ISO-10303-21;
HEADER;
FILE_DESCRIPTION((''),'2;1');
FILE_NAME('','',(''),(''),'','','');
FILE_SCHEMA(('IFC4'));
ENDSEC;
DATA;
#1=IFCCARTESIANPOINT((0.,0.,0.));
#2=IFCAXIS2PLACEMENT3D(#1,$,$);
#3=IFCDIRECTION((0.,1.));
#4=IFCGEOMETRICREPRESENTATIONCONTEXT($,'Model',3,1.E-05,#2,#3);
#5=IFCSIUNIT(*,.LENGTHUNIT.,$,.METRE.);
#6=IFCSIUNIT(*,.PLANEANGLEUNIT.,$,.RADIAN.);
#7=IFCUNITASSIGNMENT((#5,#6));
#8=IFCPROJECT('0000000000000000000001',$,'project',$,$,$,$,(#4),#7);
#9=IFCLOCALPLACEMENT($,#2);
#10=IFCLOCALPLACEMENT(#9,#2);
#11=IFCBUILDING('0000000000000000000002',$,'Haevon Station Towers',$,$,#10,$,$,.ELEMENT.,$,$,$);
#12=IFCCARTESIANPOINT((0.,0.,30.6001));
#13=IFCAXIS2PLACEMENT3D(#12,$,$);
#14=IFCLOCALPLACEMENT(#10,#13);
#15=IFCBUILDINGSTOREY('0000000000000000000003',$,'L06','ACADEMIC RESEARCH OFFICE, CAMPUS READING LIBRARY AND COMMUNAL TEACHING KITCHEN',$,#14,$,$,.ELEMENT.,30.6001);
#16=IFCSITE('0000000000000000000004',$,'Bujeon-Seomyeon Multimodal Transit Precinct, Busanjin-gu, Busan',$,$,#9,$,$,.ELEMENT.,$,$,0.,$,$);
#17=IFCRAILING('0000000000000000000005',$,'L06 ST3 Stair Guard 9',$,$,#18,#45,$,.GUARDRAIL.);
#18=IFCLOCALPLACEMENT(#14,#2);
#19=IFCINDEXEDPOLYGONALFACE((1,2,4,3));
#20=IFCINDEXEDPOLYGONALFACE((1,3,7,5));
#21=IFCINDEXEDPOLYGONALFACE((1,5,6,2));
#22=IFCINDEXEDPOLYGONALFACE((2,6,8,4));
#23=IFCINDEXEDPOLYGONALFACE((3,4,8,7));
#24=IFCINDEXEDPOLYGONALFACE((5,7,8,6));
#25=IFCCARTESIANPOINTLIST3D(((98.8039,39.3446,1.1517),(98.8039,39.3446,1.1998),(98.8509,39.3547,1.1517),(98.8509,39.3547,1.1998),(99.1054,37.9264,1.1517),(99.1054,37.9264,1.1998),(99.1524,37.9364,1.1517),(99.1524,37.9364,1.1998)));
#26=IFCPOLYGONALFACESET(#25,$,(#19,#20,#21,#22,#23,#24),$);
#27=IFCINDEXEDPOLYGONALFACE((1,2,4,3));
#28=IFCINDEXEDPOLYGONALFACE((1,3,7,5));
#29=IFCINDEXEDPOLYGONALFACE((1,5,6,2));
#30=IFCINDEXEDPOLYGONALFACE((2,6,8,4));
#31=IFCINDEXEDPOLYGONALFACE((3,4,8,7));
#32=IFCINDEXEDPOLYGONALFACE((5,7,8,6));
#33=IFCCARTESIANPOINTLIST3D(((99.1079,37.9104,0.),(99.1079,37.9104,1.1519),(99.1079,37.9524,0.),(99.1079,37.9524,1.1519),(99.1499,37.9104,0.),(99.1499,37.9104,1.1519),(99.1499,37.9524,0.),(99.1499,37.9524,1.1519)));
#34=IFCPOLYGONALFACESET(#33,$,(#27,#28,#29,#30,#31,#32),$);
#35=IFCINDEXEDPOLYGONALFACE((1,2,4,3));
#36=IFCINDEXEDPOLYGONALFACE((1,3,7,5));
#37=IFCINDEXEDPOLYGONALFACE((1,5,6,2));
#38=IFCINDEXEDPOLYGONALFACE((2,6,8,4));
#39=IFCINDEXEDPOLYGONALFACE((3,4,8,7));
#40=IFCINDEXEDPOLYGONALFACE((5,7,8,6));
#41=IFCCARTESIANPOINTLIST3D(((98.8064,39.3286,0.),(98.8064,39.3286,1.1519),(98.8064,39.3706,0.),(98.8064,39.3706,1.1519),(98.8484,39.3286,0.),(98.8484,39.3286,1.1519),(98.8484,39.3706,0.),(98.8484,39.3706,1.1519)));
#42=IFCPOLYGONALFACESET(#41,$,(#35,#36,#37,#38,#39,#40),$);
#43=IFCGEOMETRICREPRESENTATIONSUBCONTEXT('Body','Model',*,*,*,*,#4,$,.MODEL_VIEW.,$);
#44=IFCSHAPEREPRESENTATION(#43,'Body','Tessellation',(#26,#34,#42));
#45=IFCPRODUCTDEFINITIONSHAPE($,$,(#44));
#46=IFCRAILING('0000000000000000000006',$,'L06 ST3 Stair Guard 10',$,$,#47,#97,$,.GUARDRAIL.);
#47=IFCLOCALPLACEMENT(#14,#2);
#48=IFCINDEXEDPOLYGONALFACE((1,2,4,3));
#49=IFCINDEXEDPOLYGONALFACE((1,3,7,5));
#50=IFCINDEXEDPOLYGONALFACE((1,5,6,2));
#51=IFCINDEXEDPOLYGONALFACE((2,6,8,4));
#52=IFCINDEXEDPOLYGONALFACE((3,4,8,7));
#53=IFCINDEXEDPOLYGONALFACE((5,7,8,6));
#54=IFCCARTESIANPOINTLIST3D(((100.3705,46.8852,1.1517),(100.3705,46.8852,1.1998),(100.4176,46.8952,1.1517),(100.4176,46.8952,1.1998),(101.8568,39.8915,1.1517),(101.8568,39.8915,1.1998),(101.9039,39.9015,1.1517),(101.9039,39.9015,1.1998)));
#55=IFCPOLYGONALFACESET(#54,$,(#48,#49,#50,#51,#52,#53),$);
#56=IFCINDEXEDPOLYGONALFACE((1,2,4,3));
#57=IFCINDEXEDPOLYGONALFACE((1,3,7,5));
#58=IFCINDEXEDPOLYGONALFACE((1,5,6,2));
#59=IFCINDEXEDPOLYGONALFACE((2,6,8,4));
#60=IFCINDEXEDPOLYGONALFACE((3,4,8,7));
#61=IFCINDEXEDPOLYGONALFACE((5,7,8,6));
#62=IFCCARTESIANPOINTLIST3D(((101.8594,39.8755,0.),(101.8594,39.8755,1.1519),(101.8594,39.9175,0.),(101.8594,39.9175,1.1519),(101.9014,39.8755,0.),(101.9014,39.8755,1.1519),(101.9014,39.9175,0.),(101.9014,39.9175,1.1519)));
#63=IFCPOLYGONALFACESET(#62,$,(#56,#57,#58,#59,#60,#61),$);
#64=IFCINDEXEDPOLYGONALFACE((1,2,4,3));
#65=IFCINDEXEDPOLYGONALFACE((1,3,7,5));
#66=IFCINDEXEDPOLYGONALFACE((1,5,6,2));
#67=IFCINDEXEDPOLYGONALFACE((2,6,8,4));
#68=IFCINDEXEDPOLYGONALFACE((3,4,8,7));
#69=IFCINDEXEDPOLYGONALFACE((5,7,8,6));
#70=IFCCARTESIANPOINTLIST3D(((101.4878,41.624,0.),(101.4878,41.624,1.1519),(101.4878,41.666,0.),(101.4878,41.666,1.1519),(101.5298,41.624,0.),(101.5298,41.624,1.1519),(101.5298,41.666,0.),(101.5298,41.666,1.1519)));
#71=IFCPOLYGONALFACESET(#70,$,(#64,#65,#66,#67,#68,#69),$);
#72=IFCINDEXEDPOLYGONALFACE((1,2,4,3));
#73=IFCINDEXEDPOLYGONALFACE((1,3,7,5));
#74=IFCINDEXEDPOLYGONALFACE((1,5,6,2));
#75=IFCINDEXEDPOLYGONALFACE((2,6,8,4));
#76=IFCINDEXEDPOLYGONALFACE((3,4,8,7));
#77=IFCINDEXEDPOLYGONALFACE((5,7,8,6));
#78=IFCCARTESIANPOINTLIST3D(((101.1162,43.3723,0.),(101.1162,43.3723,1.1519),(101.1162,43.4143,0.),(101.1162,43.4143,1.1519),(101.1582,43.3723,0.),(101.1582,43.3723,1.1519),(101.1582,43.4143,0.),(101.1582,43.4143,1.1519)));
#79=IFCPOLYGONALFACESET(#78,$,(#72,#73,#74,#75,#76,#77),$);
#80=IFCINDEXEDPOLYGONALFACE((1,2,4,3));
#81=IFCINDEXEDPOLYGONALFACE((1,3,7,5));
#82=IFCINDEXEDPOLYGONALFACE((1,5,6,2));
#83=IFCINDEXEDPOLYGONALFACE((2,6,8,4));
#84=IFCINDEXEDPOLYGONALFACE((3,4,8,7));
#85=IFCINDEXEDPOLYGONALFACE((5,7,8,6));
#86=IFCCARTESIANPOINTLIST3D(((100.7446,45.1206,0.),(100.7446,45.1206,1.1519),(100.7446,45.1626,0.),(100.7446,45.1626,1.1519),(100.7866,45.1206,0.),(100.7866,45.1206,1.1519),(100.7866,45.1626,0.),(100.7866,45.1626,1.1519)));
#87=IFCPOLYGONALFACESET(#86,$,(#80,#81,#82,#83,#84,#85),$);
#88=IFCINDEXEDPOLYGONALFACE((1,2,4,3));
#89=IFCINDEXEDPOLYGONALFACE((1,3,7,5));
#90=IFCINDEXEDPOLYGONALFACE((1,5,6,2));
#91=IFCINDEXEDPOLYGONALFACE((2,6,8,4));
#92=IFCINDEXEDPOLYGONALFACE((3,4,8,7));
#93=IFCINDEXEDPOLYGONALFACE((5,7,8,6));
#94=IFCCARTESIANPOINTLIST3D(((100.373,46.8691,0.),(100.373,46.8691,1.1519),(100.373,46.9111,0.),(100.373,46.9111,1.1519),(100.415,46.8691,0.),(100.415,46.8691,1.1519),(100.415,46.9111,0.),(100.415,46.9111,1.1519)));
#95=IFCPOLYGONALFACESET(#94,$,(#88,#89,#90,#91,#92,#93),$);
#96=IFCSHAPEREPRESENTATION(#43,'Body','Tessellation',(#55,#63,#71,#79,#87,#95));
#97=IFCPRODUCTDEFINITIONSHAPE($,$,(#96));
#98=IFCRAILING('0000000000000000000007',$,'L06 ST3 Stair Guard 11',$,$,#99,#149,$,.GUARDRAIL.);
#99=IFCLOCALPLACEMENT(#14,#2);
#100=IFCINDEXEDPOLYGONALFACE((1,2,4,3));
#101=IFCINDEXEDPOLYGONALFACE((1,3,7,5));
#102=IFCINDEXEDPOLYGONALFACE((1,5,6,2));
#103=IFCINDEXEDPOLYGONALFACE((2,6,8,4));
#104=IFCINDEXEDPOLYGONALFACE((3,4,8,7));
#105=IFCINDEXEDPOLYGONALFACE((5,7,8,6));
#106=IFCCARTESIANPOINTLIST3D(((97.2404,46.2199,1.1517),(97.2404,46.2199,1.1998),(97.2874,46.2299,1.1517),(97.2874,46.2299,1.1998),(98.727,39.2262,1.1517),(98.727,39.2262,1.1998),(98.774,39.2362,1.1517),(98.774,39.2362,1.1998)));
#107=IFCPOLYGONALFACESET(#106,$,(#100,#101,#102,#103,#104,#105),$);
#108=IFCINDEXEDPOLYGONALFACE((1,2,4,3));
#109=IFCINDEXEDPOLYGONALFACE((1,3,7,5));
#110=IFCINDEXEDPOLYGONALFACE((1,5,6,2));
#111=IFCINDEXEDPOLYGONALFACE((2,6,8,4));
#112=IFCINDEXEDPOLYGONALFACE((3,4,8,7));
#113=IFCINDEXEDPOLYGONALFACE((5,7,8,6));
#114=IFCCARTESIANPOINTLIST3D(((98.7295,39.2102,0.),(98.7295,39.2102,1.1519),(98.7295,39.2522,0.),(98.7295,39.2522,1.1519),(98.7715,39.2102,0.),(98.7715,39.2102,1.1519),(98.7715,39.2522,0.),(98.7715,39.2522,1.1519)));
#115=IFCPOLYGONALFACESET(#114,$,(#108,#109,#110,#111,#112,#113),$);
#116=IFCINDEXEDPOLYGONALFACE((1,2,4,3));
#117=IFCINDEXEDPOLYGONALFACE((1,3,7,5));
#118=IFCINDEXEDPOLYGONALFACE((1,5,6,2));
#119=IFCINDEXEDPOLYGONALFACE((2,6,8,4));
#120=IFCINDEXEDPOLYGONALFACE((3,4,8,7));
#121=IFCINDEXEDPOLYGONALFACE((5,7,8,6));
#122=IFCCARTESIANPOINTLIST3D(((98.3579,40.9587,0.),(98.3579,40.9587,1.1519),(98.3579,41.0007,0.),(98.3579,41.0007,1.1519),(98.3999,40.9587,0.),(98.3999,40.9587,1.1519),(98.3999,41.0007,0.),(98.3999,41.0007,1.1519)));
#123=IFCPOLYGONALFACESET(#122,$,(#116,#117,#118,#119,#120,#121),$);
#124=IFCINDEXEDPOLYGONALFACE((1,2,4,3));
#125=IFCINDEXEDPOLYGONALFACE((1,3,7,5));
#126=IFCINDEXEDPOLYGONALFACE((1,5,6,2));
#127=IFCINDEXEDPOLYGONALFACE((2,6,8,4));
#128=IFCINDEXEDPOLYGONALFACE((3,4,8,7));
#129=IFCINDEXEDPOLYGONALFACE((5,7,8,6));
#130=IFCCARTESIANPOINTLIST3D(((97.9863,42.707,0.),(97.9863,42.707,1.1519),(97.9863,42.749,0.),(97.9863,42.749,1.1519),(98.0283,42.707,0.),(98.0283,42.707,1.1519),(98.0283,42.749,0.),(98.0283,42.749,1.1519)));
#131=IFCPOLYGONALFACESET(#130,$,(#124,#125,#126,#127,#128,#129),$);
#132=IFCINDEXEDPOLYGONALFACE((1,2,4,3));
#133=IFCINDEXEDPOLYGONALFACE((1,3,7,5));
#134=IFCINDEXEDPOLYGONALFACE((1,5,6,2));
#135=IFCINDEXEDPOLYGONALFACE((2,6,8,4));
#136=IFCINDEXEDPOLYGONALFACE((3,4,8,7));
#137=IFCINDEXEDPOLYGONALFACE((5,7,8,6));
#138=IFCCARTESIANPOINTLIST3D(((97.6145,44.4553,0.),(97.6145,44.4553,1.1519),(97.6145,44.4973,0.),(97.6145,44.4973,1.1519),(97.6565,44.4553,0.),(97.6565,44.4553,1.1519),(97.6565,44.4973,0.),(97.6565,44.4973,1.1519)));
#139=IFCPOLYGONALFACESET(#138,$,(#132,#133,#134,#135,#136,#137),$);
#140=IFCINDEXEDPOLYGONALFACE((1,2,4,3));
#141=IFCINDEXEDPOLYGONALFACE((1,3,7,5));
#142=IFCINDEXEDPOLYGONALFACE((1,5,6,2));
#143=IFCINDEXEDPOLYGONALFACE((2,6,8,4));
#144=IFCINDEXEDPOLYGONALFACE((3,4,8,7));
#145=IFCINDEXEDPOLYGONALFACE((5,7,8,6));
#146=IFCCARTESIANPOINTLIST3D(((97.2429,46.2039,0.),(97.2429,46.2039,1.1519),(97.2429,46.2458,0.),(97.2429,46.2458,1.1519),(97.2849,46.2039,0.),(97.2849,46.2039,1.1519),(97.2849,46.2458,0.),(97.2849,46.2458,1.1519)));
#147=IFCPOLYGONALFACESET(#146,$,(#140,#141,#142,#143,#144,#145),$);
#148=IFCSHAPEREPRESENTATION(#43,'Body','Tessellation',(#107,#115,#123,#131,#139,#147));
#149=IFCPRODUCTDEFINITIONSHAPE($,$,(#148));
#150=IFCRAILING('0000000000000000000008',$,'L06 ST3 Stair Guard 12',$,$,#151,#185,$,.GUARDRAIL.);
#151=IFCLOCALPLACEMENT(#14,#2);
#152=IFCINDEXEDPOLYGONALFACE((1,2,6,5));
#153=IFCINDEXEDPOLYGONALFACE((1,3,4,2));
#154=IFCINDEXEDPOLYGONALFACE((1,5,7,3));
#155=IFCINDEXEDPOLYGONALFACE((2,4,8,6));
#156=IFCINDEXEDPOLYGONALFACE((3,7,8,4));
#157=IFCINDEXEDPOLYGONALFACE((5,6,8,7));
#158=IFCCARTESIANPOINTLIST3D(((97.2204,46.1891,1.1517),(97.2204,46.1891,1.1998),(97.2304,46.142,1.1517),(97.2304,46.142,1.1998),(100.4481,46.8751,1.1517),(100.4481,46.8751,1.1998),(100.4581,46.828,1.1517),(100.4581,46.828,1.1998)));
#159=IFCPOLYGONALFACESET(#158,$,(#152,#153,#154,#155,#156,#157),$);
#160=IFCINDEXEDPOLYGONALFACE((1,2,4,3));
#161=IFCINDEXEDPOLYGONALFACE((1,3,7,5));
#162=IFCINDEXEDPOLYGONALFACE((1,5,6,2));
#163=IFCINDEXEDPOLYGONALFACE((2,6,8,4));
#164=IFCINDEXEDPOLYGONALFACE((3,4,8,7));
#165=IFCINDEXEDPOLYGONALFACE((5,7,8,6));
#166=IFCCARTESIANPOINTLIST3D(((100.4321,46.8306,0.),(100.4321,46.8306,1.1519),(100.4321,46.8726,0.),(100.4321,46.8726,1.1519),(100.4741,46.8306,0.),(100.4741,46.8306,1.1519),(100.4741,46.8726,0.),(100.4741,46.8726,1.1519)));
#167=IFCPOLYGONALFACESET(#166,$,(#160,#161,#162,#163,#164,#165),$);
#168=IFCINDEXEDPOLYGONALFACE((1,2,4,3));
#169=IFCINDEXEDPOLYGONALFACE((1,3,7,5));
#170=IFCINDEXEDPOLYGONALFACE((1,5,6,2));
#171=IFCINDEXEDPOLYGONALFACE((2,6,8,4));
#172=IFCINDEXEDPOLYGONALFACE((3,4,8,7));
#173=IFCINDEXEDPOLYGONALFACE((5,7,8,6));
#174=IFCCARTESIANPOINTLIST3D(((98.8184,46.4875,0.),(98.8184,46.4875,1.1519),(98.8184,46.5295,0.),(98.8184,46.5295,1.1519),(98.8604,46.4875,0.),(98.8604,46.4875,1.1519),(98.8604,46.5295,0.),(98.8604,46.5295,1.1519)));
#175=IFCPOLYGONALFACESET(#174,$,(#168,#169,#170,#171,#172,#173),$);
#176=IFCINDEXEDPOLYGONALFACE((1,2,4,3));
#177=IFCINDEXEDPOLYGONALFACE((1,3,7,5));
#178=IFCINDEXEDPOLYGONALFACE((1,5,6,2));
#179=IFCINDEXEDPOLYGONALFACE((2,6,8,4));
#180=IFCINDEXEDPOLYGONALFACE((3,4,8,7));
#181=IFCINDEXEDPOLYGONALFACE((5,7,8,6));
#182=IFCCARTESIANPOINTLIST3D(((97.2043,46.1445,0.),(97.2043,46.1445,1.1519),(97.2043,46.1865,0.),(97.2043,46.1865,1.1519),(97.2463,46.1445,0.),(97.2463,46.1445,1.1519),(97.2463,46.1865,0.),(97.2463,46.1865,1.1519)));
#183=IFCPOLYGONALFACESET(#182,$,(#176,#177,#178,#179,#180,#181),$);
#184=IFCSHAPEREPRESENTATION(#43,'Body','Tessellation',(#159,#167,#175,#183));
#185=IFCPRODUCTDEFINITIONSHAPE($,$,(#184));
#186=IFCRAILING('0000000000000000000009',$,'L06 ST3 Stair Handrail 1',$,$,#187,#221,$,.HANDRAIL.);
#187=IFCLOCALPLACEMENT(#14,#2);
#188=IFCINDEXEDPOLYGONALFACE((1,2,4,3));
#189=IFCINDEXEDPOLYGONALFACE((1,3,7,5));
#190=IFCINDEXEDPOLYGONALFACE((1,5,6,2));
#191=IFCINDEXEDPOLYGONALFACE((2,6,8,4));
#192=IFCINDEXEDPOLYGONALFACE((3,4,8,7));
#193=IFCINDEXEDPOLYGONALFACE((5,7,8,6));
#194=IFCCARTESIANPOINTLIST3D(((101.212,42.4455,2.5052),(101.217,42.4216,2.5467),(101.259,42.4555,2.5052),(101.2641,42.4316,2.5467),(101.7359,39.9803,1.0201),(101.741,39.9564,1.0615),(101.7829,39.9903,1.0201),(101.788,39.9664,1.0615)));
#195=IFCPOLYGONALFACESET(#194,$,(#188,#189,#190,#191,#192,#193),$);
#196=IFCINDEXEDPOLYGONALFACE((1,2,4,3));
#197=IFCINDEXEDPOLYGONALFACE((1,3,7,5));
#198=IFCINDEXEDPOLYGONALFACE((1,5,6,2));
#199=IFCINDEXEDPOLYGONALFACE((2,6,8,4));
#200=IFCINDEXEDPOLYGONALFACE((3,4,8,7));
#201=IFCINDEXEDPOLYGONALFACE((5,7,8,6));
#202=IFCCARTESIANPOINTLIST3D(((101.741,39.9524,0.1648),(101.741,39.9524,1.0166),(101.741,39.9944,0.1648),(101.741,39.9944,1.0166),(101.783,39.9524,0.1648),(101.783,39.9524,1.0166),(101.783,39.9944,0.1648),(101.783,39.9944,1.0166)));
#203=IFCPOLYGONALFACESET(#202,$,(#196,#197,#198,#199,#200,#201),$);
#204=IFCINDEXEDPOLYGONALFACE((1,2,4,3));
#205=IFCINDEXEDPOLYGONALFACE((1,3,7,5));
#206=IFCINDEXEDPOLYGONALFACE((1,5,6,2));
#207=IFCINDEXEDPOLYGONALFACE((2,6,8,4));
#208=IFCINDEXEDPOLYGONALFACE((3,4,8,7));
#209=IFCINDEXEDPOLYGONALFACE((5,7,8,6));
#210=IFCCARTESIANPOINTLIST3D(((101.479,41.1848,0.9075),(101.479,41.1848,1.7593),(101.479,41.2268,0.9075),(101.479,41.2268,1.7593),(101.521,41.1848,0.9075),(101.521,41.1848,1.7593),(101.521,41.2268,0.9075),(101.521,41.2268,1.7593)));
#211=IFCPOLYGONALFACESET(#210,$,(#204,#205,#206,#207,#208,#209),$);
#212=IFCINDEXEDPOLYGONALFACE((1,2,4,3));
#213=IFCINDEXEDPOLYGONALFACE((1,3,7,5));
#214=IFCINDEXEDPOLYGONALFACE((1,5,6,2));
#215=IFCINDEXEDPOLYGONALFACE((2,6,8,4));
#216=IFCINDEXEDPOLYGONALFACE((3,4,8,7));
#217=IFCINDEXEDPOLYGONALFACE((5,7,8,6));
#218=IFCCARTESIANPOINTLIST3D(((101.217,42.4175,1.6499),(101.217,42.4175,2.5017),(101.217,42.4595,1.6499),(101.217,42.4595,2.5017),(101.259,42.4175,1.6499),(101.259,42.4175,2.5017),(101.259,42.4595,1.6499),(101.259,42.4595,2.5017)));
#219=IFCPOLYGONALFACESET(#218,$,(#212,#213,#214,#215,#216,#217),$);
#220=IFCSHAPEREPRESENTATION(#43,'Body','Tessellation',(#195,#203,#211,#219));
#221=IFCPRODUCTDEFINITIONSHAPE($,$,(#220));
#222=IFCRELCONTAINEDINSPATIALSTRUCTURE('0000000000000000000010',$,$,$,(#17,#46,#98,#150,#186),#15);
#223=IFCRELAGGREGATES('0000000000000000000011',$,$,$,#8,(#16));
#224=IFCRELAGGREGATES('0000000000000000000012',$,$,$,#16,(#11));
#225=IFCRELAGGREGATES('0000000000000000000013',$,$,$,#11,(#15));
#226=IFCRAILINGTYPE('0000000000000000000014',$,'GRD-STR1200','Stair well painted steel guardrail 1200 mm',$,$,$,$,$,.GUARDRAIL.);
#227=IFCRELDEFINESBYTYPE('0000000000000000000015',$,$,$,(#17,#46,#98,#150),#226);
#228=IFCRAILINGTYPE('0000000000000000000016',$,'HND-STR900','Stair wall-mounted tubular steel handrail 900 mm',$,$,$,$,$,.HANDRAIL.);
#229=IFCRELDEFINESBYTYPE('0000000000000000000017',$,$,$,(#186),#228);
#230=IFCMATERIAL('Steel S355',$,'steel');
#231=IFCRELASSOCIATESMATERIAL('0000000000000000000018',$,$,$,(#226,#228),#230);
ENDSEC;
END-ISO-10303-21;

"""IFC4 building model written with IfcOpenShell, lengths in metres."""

from ifc_helpers import new_model, si_unit, direction, frame, origin, origin_2d, place, context, subcontext, project, spatial, rectangle, extrude, material, type_object, element, save


model = new_model("IFC4")

# Units and contexts
model_context = context("Model", 3, precision=1e-05, world=origin(), true_north=direction((0.0, 1.0)))
body_context = subcontext(model_context, "Body", "Model", "MODEL_VIEW")
ifc_project = project(units=[si_unit("LENGTHUNIT", "METRE"), si_unit("PLANEANGLEUNIT", "RADIAN")], contexts=[model_context])

# Site, building, storey
site_placement = place(None, origin())
site = spatial("IfcSite", under=ifc_project, at=site_placement, Name="Bujeon-Seomyeon Multimodal Transit Precinct, Busanjin-gu, Busan", CompositionType="ELEMENT", RefElevation=0.0)
building_placement = place(site_placement, origin())
building = spatial("IfcBuilding", under=site, at=building_placement, Name="Haevon Station Towers", CompositionType="ELEMENT")
storey_placement = place(building_placement, frame((0.0, 0.0, 30.6001)))
storey = spatial("IfcBuildingStorey", under=building, at=storey_placement, Name="L06", Description="ACADEMIC RESEARCH OFFICE, CAMPUS READING LIBRARY AND COMMUNAL TEACHING KITCHEN", CompositionType="ELEMENT", Elevation=30.6001)

# Shared definitions
ifc_material_1 = material(Name="Steel S355", Category="steel")

# Railings
railing_type_1 = type_object("IfcRailingType", Name="GRD-STR1200", Description="Stair well painted steel guardrail 1200 mm", PredefinedType="GUARDRAIL", material=ifc_material_1)
railing_1_placement = place(storey_placement, frame((99.1289, 37.9314, 0.0)))
element("IfcRailing", 1, at=railing_1_placement, inside=storey, type_object=railing_type_1, Name="L06 ST3 Stair Guard 9", PredefinedType="GUARDRAIL", context=body_context, shape_type="SweptSolid", body=[
    extrude(rectangle(XDim=0.0481, YDim=0.0481, at=origin_2d()), frame((0.0, 0.0, 1.1758), z_axis=(-0.207953, 0.978139, 0.0), x_axis=(-0.978139, -0.207953, 0.0)), (0.0, 0.0, 1.0), 1.45),
    extrude(rectangle(XDim=0.042, YDim=0.042, at=origin_2d()), origin(), (0.0, 0.0, 1.0), 1.1519),
    extrude(rectangle(XDim=0.042, YDim=0.042, at=origin_2d()), frame((-0.3015, 1.4182, 0.0)), (0.0, 0.0, 1.0), 1.1519),
])
railing_2_placement = place(storey_placement, frame((101.8804, 39.8965, 0.0)))
element("IfcRailing", 2, at=railing_2_placement, inside=storey, type_object=railing_type_1, Name="L06 ST3 Stair Guard 10", PredefinedType="GUARDRAIL", context=body_context, shape_type="SweptSolid", body=[
    extrude(rectangle(XDim=0.0481, YDim=0.0481, at=origin_2d()), frame((0.0, 0.0, 1.1758), z_axis=(-0.207882, 0.978154, 0.0), x_axis=(-0.978154, -0.207882, 0.0)), (0.0, 0.0, 1.0), 7.1499),
    extrude(rectangle(XDim=0.042, YDim=0.042, at=origin_2d()), origin(), (0.0, 0.0, 1.0), 1.1519),
    extrude(rectangle(XDim=0.042, YDim=0.042, at=origin_2d()), frame((-0.3716, 1.7485, 0.0)), (0.0, 0.0, 1.0), 1.1519),
    extrude(rectangle(XDim=0.042, YDim=0.042, at=origin_2d()), frame((-0.7432, 3.4968, 0.0)), (0.0, 0.0, 1.0), 1.1519),
    extrude(rectangle(XDim=0.042, YDim=0.042, at=origin_2d()), frame((-1.1147, 5.2451, 0.0)), (0.0, 0.0, 1.0), 1.1519),
    extrude(rectangle(XDim=0.042, YDim=0.042, at=origin_2d()), frame((-1.4863, 6.9937, 0.0)), (0.0, 0.0, 1.0), 1.1519),
])
railing_3_placement = place(storey_placement, frame((98.7505, 39.2312, 0.0)))
element("IfcRailing", 3, at=railing_3_placement, inside=storey, type_object=railing_type_1, Name="L06 ST3 Stair Guard 11", PredefinedType="GUARDRAIL", context=body_context, shape_type="SweptSolid", body=[
    extrude(rectangle(XDim=0.0481, YDim=0.0481, at=origin_2d()), frame((0.0, 0.0, 1.1758), z_axis=(-0.207915, 0.978147, 0.0), x_axis=(-0.978147, -0.207915, 0.0)), (0.0, 0.0, 1.0), 7.1499),
    extrude(rectangle(XDim=0.042, YDim=0.042, at=origin_2d()), origin(), (0.0, 0.0, 1.0), 1.1519),
    extrude(rectangle(XDim=0.042, YDim=0.042, at=origin_2d()), frame((-0.3716, 1.7485, 0.0)), (0.0, 0.0, 1.0), 1.1519),
    extrude(rectangle(XDim=0.042, YDim=0.042, at=origin_2d()), frame((-0.7432, 3.4968, 0.0)), (0.0, 0.0, 1.0), 1.1519),
    extrude(rectangle(XDim=0.042, YDim=0.042, at=origin_2d()), frame((-1.115, 5.2451, 0.0)), (0.0, 0.0, 1.0), 1.1519),
    extrude(rectangle(XDim=0.042, YDim=0.042, at=origin_2d()), frame((-1.4866, 6.9937, 0.0)), (0.0, 0.0, 1.0), 1.1519),
])
railing_4_placement = place(storey_placement, frame((100.4531, 46.8516, 0.0)))
element("IfcRailing", 4, at=railing_4_placement, inside=storey, type_object=railing_type_1, Name="L06 ST3 Stair Guard 12", PredefinedType="GUARDRAIL", context=body_context, shape_type="SweptSolid", body=[
    extrude(rectangle(XDim=0.0481, YDim=0.0481, at=origin_2d()), frame((0.0, 0.0, 1.1758), z_axis=(-0.978151, -0.207897, 0.0), x_axis=(0.207897, -0.978151, 0.0)), (0.0, 0.0, 1.0), 3.2998),
    extrude(rectangle(XDim=0.042, YDim=0.042, at=origin_2d()), origin(), (0.0, 0.0, 1.0), 1.1519),
    extrude(rectangle(XDim=0.042, YDim=0.042, at=origin_2d()), frame((-1.6138, -0.343, 0.0)), (0.0, 0.0, 1.0), 1.1519),
    extrude(rectangle(XDim=0.042, YDim=0.042, at=origin_2d()), frame((-3.2278, -0.686, 0.0)), (0.0, 0.0, 1.0), 1.1519),
])
railing_type_2 = type_object("IfcRailingType", Name="HND-STR900", Description="Stair wall-mounted tubular steel handrail 900 mm", PredefinedType="HANDRAIL", material=ifc_material_1)
railing_5_placement = place(storey_placement, frame((101.762, 39.9734, 0.1648)))
element("IfcRailing", 5, at=railing_5_placement, inside=storey, type_object=railing_type_2, Name="L06 ST3 Stair Handrail 1", PredefinedType="HANDRAIL", context=body_context, shape_type="SweptSolid", body=[
    extrude(rectangle(XDim=0.0481, YDim=0.0481, at=origin_2d()), frame((0.0, 0.0, 0.876), z_axis=(-0.179109, 0.842712, 0.507697), x_axis=(-0.978151, -0.207895, 0.0)), (0.0, 0.0, 1.0), 2.9253),
    extrude(rectangle(XDim=0.042, YDim=0.042, at=origin_2d()), origin(), (0.0, 0.0, 1.0), 0.8518),
    extrude(rectangle(XDim=0.042, YDim=0.042, at=origin_2d()), frame((-0.262, 1.2324, 0.7427)), (0.0, 0.0, 1.0), 0.8518),
    extrude(rectangle(XDim=0.042, YDim=0.042, at=origin_2d()), frame((-0.5239, 2.4651, 1.4851)), (0.0, 0.0, 1.0), 0.8518),
])

save(model, "model.ifc")
